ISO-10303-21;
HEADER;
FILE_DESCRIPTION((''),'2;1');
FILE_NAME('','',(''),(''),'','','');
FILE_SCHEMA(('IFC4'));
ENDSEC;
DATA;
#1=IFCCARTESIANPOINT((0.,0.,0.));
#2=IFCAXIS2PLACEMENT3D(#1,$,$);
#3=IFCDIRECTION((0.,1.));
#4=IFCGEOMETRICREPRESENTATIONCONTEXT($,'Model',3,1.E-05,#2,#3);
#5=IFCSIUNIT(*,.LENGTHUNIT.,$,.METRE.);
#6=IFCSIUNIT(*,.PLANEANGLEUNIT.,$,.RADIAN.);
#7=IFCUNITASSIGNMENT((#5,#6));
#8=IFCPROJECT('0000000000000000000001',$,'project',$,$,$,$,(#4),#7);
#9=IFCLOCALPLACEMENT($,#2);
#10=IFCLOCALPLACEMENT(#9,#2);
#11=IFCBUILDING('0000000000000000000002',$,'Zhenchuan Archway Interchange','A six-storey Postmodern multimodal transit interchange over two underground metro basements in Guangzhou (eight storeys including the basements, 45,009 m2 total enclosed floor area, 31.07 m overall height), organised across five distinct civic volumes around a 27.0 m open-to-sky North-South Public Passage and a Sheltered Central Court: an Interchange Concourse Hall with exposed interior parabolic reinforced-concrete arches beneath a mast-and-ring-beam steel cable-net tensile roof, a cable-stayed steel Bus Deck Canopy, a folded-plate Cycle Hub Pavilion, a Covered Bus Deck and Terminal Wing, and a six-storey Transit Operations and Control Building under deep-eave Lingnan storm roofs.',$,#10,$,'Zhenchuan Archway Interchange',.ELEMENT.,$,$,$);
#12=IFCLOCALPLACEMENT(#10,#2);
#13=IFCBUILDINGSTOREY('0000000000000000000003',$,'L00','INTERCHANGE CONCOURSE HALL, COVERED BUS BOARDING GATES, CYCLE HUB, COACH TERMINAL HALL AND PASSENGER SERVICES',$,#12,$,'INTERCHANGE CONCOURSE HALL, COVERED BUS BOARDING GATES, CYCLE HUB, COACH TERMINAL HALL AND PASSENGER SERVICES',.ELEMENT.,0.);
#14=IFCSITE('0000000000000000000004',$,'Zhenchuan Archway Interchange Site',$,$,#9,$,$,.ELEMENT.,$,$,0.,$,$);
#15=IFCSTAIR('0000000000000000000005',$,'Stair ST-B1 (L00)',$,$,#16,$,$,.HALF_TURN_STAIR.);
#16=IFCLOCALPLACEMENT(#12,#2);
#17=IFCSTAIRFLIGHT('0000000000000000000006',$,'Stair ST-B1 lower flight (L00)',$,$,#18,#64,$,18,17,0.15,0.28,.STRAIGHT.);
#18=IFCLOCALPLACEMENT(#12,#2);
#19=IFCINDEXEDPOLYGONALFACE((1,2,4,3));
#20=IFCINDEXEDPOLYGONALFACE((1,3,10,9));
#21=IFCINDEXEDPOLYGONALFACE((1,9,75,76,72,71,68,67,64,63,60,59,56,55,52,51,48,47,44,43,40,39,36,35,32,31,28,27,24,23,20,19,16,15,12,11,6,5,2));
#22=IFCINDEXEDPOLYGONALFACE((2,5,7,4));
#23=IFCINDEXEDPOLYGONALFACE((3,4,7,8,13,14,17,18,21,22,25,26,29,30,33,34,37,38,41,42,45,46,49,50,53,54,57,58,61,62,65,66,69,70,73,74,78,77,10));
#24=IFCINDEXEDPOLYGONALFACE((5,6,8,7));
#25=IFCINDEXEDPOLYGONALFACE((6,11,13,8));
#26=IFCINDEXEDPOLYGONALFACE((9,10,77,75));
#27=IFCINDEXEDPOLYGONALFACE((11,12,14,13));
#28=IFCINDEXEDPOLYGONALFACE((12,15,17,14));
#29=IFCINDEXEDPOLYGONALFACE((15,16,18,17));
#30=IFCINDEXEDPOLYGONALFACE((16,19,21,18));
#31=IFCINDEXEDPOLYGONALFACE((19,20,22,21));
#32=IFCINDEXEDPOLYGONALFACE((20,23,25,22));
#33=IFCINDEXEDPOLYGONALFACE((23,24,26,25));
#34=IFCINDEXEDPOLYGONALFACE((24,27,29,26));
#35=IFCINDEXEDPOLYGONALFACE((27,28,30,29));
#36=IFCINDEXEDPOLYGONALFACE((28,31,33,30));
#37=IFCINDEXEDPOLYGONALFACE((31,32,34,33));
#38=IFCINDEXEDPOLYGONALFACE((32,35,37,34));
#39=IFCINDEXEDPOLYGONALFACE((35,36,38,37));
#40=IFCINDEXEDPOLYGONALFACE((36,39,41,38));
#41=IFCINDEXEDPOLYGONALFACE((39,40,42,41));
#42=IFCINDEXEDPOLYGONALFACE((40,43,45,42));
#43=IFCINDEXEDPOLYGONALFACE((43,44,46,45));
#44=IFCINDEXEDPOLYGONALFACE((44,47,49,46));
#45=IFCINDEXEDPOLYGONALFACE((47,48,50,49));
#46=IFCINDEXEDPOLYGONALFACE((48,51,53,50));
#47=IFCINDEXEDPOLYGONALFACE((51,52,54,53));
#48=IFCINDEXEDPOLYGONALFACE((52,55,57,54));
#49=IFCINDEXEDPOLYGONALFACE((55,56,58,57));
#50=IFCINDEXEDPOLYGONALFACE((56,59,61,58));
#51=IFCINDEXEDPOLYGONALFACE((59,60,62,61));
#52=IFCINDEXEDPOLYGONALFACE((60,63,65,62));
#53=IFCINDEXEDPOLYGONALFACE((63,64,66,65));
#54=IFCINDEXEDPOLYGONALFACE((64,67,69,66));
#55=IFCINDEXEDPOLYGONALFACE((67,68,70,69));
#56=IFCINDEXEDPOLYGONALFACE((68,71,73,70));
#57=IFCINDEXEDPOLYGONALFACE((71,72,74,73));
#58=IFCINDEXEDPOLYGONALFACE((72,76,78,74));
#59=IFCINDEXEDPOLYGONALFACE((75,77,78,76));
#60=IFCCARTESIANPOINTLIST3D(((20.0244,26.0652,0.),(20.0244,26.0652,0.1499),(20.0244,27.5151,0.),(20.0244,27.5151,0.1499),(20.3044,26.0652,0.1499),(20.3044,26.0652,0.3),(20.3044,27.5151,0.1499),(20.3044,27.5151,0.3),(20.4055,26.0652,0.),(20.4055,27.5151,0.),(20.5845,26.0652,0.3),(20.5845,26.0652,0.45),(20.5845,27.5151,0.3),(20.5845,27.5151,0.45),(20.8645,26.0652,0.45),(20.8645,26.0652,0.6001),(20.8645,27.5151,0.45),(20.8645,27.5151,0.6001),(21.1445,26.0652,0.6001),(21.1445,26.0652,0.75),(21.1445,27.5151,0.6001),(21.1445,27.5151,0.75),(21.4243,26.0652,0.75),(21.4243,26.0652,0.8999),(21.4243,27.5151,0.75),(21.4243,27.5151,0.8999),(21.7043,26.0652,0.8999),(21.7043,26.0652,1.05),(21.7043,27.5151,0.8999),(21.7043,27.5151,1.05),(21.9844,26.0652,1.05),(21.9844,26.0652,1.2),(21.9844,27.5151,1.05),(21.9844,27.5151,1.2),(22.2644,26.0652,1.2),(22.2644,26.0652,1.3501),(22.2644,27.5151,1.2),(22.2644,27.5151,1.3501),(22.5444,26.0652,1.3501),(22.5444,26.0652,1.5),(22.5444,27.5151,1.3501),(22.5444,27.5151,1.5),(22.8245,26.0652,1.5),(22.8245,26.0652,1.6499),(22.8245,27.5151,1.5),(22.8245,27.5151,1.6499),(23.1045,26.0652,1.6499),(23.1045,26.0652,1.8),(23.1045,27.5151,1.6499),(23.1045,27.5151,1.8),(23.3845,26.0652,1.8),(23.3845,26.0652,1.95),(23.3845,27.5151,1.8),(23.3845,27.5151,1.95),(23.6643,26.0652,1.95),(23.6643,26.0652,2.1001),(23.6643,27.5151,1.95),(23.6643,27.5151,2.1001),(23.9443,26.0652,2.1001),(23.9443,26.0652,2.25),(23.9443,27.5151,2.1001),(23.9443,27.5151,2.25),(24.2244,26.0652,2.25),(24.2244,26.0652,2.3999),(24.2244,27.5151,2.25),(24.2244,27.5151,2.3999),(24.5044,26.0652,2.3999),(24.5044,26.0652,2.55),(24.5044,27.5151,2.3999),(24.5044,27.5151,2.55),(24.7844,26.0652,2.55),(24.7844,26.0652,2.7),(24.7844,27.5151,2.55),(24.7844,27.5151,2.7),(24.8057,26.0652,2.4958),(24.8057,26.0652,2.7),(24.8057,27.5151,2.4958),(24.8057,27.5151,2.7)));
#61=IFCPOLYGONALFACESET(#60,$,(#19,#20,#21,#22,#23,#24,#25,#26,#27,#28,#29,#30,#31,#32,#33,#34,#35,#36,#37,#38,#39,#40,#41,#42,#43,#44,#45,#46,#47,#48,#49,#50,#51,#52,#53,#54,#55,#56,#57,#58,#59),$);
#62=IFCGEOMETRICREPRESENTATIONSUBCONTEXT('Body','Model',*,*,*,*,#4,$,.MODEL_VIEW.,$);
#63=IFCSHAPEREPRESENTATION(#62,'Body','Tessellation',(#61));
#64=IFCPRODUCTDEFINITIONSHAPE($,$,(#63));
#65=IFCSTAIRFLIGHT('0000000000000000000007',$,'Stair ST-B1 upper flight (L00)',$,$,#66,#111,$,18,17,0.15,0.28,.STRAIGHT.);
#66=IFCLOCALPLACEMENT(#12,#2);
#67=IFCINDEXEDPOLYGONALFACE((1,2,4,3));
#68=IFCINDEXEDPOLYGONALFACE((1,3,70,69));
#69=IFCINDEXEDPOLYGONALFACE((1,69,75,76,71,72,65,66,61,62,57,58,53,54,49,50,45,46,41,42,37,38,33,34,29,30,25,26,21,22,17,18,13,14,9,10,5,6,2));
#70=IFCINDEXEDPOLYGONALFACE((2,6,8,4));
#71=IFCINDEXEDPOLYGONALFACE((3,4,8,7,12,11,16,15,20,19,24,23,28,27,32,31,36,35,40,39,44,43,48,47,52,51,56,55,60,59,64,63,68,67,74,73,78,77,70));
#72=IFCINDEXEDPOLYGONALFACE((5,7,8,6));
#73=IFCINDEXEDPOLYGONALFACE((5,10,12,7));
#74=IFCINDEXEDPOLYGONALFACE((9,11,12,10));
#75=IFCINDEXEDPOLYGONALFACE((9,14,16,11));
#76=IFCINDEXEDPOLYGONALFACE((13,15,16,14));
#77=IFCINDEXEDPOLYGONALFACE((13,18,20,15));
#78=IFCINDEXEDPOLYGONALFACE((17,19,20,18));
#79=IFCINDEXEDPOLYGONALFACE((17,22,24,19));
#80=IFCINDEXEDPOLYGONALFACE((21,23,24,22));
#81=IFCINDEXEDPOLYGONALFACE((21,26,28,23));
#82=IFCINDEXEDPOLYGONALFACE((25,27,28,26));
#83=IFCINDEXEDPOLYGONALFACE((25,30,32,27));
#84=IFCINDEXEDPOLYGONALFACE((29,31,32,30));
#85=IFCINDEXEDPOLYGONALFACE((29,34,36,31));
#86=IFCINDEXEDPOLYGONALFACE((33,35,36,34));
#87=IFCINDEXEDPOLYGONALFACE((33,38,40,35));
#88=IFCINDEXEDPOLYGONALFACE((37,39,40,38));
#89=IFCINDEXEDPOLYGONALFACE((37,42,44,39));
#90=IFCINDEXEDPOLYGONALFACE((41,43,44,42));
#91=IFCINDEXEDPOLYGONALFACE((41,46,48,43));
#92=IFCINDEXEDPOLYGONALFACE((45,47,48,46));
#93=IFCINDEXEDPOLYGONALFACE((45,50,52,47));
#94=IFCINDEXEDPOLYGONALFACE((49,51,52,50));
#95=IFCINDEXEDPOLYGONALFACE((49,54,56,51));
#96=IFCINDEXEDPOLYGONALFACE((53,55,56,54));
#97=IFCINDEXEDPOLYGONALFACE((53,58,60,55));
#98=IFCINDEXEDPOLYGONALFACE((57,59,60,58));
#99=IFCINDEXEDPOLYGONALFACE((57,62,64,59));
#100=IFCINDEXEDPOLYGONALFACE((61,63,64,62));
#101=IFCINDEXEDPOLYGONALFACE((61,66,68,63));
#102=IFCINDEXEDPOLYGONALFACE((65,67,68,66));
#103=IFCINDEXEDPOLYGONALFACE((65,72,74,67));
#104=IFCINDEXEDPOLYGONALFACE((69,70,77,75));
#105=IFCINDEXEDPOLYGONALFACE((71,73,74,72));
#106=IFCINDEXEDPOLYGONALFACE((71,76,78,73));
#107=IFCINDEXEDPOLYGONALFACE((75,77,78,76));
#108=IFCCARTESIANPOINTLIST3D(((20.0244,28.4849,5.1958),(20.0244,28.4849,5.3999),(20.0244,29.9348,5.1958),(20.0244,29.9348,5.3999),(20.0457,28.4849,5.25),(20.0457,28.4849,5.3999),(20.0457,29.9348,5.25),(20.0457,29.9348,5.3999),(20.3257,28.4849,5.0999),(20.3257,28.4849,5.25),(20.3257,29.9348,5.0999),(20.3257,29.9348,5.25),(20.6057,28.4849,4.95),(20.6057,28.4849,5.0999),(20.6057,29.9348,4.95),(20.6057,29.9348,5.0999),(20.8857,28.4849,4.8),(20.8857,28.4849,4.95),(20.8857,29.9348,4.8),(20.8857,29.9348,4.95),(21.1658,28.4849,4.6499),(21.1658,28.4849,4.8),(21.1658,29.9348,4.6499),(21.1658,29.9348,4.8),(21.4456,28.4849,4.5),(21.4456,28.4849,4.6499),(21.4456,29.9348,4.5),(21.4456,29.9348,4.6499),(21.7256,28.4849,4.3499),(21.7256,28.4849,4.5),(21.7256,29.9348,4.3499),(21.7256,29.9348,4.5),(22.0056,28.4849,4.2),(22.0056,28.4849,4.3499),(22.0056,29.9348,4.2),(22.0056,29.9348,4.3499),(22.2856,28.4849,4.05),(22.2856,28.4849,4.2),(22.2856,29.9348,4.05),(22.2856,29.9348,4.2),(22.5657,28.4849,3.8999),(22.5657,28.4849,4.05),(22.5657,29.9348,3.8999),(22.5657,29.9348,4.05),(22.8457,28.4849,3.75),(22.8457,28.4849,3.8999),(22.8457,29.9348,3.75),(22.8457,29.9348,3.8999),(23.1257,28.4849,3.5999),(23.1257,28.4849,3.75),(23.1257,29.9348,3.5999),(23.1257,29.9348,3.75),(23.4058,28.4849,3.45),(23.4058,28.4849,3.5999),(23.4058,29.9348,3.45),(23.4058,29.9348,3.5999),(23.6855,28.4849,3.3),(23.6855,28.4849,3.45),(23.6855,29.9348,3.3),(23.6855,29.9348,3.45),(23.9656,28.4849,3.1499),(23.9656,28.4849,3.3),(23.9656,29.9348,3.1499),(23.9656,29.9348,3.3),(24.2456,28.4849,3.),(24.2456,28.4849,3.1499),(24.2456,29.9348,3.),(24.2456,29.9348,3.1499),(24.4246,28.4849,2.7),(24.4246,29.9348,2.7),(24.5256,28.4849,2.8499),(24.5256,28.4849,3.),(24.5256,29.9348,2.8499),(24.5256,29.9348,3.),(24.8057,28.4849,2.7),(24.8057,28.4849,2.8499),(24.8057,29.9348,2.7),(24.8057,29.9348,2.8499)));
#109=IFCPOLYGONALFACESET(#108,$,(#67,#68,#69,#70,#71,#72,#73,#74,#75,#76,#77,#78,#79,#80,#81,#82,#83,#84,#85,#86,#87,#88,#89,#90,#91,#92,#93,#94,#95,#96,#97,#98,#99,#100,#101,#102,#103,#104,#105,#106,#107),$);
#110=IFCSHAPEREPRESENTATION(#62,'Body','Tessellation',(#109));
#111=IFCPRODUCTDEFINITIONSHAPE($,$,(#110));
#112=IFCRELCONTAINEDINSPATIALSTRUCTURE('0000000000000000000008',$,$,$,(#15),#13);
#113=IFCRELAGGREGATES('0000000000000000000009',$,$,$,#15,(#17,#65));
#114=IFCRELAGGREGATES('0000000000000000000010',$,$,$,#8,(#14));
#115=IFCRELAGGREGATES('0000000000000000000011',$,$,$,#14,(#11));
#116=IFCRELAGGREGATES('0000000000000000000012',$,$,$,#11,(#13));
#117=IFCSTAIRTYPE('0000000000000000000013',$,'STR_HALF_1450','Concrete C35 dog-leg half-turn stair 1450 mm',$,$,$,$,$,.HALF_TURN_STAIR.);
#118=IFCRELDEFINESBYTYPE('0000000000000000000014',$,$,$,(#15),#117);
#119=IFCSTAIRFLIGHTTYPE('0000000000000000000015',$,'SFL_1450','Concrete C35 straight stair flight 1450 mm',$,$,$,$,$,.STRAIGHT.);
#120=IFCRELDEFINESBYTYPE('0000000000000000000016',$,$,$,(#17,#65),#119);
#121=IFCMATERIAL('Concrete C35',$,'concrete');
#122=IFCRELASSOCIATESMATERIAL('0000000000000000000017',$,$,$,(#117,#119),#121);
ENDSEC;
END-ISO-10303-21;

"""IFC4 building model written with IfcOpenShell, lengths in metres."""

from ifc_helpers import new_model, si_unit, direction, frame, origin, place, context, subcontext, project, spatial, polyline, outline, extrude, material, type_object, element, aggregate, save


model = new_model("IFC4")

# Units and contexts
model_context = context("Model", 3, precision=1e-05, world=origin(), true_north=direction((0.0, 1.0)))
body_context = subcontext(model_context, "Body", "Model", "MODEL_VIEW")
ifc_project = project(units=[si_unit("LENGTHUNIT", "METRE"), si_unit("PLANEANGLEUNIT", "RADIAN")], contexts=[model_context])

# Site, building, storey
site_placement = place(None, origin())
site = spatial("IfcSite", under=ifc_project, at=site_placement, Name="Zhenchuan Archway Interchange Site", CompositionType="ELEMENT", RefElevation=0.0)
building_placement = place(site_placement, origin())
building = spatial("IfcBuilding", under=site, at=building_placement, Name="Zhenchuan Archway Interchange", Description="A six-storey Postmodern multimodal transit interchange over two underground metro basements in Guangzhou (eight storeys including the basements, 45,009 m2 total enclosed floor area, 31.07 m overall height), organised across five distinct civic volumes around a 27.0 m open-to-sky North-South Public Passage and a Sheltered Central Court: an Interchange Concourse Hall with exposed interior parabolic reinforced-concrete arches beneath a mast-and-ring-beam steel cable-net tensile roof, a cable-stayed steel Bus Deck Canopy, a folded-plate Cycle Hub Pavilion, a Covered Bus Deck and Terminal Wing, and a six-storey Transit Operations and Control Building under deep-eave Lingnan storm roofs.", LongName="Zhenchuan Archway Interchange", CompositionType="ELEMENT")
storey_placement = place(building_placement, origin())
storey = spatial("IfcBuildingStorey", under=building, at=storey_placement, Name="L00", Description="INTERCHANGE CONCOURSE HALL, COVERED BUS BOARDING GATES, CYCLE HUB, COACH TERMINAL HALL AND PASSENGER SERVICES", LongName="INTERCHANGE CONCOURSE HALL, COVERED BUS BOARDING GATES, CYCLE HUB, COACH TERMINAL HALL AND PASSENGER SERVICES", CompositionType="ELEMENT", Elevation=0.0)

# Shared definitions
ifc_material_1 = material(Name="Concrete C35", Category="concrete")

# Stair, stair flights
stair_type = type_object("IfcStairType", Name="STR_HALF_1450", Description="Concrete C35 dog-leg half-turn stair 1450 mm", PredefinedType="HALF_TURN_STAIR", material=ifc_material_1)
stair_placement = place(storey_placement, origin())
stair = element("IfcStair", 1, at=stair_placement, inside=storey, type_object=stair_type, Name="Stair ST-B1 (L00)", PredefinedType="HALF_TURN_STAIR")
stair_flight_type = type_object("IfcStairFlightType", Name="SFL_1450", Description="Concrete C35 straight stair flight 1450 mm", PredefinedType="STRAIGHT", material=ifc_material_1)
stair_flight_1_placement = place(storey_placement, frame((20.0244, 26.79, 0.0), z_axis=(0.0, 0.0, 1.0), x_axis=(1.0, 0.0, 0.0)))
stair_flight_1 = element("IfcStairFlight", 2, at=stair_flight_1_placement, type_object=stair_flight_type, Name="Stair ST-B1 lower flight (L00)", NumberOfRisers=18, NumberOfTreads=17, PredefinedType="STRAIGHT", RiserHeight=0.15, TreadLength=0.28, context=body_context, shape_type="SweptSolid", body=[
    extrude(outline(polyline([(0.0, 0.0), (0.0, 0.1499), (0.28, 0.1499), (0.28, 0.3), (0.5601, 0.3), (0.5601, 0.45), (0.8401, 0.45), (0.8401, 0.6001), (1.1201, 0.6001), (1.1201, 0.75), (1.3999, 0.75), (1.3999, 0.8999), (1.6799, 0.8999), (1.6799, 1.05), (1.96, 1.05), (1.96, 1.2), (2.24, 1.2), (2.24, 1.3501), (2.52, 1.3501), (2.52, 1.5), (2.8, 1.5), (2.8, 1.6499), (3.0801, 1.6499), (3.0801, 1.8), (3.3601, 1.8), (3.3601, 1.95), (3.6399, 1.95), (3.6399, 2.1001), (3.9199, 2.1001), (3.9199, 2.25), (4.2, 2.25), (4.2, 2.3999), (4.48, 2.3999), (4.48, 2.55), (4.76, 2.55), (4.76, 2.7), (4.7812, 2.7), (4.7812, 2.4958), (0.3811, 0.0), (0.0, 0.0)])), frame((0.0, 0.7251, 0.0), z_axis=(0.0, -1.0, 0.0), x_axis=(1.0, 0.0, 0.0)), (0.0, 0.0, 1.0), 1.45),
])
stair_flight_2_placement = place(storey_placement, frame((24.8057, 29.21, 2.7), z_axis=(0.0, 0.0, 1.0), x_axis=(-1.0, 0.0, 0.0)))
stair_flight_2 = element("IfcStairFlight", 3, at=stair_flight_2_placement, type_object=stair_flight_type, Name="Stair ST-B1 upper flight (L00)", NumberOfRisers=18, NumberOfTreads=17, PredefinedType="STRAIGHT", RiserHeight=0.15, TreadLength=0.28, context=body_context, shape_type="SweptSolid", body=[
    extrude(outline(polyline([(0.0, 0.0), (0.0, 0.1499), (0.28, 0.1499), (0.28, 0.3), (0.5601, 0.3), (0.5601, 0.45), (0.8401, 0.45), (0.8401, 0.6001), (1.1201, 0.6001), (1.1201, 0.75), (1.3999, 0.75), (1.3999, 0.8999), (1.6799, 0.8999), (1.6799, 1.05), (1.96, 1.05), (1.96, 1.2), (2.24, 1.2), (2.24, 1.3501), (2.52, 1.3501), (2.52, 1.5), (2.8, 1.5), (2.8, 1.6499), (3.0801, 1.6499), (3.0801, 1.8), (3.3601, 1.8), (3.3601, 1.95), (3.6399, 1.95), (3.6399, 2.1001), (3.9199, 2.1001), (3.9199, 2.25), (4.2, 2.25), (4.2, 2.3999), (4.48, 2.3999), (4.48, 2.55), (4.76, 2.55), (4.76, 2.7), (4.7812, 2.7), (4.7812, 2.4958), (0.3811, 0.0), (0.0, 0.0)])), frame((0.0, 0.7251, 0.0), z_axis=(0.0, -1.0, 0.0), x_axis=(1.0, 0.0, 0.0)), (0.0, 0.0, 1.0), 1.45),
])
aggregate(stair, [stair_flight_1, stair_flight_2])

save(model, "model.ifc")
